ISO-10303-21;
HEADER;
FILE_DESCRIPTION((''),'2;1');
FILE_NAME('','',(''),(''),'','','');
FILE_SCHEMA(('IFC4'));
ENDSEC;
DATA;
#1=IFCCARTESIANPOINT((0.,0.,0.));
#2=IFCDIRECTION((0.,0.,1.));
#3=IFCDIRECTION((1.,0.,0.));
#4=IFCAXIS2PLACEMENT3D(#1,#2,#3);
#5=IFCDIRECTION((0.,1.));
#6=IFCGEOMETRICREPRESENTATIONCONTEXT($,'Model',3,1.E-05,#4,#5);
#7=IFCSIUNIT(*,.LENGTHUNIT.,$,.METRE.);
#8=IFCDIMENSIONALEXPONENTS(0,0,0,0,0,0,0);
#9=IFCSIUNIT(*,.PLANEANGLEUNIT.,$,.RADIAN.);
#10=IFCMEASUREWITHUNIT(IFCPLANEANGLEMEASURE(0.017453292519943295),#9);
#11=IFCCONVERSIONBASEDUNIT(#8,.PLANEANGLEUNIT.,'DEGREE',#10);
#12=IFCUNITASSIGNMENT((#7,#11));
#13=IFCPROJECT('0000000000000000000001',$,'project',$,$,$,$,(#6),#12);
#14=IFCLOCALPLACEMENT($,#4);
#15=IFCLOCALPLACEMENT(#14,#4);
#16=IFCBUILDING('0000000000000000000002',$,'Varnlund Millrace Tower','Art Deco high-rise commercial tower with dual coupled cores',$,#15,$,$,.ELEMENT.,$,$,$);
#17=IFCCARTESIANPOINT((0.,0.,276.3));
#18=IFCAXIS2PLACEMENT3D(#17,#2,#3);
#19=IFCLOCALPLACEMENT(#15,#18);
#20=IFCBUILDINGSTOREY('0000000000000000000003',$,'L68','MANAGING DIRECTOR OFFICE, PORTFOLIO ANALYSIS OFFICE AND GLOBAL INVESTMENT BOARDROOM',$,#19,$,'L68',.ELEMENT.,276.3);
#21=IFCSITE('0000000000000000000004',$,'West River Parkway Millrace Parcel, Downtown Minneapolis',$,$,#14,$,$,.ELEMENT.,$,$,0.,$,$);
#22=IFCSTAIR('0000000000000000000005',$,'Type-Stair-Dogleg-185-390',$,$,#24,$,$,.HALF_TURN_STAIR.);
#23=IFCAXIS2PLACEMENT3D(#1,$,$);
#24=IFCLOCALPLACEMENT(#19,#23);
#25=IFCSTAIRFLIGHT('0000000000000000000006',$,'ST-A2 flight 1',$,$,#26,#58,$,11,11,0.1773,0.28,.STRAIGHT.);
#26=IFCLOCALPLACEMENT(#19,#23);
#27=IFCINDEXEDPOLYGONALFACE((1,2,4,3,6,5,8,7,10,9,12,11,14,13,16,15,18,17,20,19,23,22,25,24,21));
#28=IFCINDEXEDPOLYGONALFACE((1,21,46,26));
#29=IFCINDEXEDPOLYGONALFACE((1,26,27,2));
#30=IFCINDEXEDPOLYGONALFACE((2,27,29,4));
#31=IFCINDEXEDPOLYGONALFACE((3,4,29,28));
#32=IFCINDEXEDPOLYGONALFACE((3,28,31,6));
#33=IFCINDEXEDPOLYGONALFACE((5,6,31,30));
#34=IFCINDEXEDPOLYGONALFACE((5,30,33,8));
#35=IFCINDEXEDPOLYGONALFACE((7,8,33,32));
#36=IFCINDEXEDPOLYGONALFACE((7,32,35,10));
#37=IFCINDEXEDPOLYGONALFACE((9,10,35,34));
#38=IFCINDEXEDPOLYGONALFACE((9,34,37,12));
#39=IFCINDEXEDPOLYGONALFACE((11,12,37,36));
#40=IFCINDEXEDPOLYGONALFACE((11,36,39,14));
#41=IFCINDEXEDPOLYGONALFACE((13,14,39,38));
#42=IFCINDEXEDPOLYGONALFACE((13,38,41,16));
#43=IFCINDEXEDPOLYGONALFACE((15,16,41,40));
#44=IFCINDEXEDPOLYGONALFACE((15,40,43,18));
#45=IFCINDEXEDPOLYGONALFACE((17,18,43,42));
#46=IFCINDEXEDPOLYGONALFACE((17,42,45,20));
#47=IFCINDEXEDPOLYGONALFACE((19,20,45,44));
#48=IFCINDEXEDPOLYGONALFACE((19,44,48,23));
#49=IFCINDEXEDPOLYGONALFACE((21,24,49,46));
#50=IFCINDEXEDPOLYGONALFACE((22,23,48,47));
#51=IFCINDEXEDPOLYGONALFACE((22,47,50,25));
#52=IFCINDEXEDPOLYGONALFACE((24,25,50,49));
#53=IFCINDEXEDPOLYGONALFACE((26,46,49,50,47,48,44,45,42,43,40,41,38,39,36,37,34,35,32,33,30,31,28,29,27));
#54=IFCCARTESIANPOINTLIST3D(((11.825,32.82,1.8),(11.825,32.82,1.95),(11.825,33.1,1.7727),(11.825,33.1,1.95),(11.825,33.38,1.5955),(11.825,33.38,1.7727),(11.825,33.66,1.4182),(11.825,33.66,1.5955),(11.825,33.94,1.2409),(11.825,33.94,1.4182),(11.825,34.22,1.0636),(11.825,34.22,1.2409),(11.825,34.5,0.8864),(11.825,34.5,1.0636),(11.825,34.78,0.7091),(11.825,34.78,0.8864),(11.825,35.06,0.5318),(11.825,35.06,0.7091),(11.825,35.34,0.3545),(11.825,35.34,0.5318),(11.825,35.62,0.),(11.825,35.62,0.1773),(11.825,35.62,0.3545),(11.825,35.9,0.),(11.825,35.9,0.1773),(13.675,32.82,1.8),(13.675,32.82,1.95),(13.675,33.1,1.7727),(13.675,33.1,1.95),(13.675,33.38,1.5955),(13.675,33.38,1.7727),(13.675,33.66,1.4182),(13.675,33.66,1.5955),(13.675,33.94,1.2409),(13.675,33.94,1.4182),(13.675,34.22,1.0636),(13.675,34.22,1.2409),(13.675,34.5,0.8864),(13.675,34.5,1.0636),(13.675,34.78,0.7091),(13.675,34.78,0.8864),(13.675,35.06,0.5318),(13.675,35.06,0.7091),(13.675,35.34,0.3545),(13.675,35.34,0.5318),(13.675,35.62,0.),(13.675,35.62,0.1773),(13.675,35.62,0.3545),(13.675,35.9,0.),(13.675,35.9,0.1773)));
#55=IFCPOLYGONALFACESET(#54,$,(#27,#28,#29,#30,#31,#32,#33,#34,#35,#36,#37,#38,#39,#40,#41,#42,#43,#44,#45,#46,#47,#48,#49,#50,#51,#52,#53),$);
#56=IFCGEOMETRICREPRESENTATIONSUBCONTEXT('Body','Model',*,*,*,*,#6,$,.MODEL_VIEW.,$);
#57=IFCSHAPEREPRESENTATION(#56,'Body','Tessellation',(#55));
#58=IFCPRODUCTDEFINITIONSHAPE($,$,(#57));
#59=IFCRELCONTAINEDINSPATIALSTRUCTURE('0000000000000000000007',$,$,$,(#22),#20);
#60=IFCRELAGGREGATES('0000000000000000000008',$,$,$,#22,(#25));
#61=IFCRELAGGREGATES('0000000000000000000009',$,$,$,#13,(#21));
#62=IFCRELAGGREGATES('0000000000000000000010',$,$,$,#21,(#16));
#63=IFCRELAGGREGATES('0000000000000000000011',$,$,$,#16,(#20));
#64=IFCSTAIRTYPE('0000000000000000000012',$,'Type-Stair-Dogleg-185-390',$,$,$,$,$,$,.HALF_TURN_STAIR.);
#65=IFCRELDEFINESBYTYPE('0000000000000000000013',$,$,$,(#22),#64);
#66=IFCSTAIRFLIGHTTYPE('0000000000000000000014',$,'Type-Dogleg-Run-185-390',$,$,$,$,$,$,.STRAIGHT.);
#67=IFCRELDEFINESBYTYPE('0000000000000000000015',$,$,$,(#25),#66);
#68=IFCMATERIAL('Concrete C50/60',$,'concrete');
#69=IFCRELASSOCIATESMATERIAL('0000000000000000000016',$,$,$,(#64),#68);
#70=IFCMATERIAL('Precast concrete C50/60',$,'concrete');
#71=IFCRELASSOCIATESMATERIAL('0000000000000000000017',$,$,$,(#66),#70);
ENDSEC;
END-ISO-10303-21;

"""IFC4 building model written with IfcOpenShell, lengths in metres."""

from ifc_helpers import new_model, entity, si_unit, converted_unit, direction, frame, origin_with_axes, place, context, subcontext, project, spatial, polyline, outline, extrude, material, type_object, element, aggregate, save


model = new_model("IFC4")

# Units and contexts
model_context = context("Model", 3, precision=1e-05, world=origin_with_axes(), true_north=direction((0.0, 1.0)))
body_context = subcontext(model_context, "Body", "Model", "MODEL_VIEW")
ifc_project = project(units=[si_unit("LENGTHUNIT", "METRE"), converted_unit("PLANEANGLEUNIT", "DEGREE", entity("IfcPlaneAngleMeasure", 0.017453292519943295), si_unit("PLANEANGLEUNIT", "RADIAN"), dimensions=[0, 0, 0, 0, 0, 0, 0])], contexts=[model_context])

# Site, building, storey
site_placement = place(None, origin_with_axes())
site = spatial("IfcSite", under=ifc_project, at=site_placement, Name="West River Parkway Millrace Parcel, Downtown Minneapolis", CompositionType="ELEMENT", RefElevation=0.0)
building_placement = place(site_placement, origin_with_axes())
building = spatial("IfcBuilding", under=site, at=building_placement, Name="Varnlund Millrace Tower", Description="Art Deco high-rise commercial tower with dual coupled cores", CompositionType="ELEMENT")
storey_placement = place(building_placement, frame((0.0, 0.0, 276.3), z_axis=(0.0, 0.0, 1.0), x_axis=(1.0, 0.0, 0.0)))
storey = spatial("IfcBuildingStorey", under=building, at=storey_placement, Name="L68", Description="MANAGING DIRECTOR OFFICE, PORTFOLIO ANALYSIS OFFICE AND GLOBAL INVESTMENT BOARDROOM", LongName="L68", CompositionType="ELEMENT", Elevation=276.3)

# Stair, stair flight
ifc_material_1 = material(Name="Concrete C50/60", Category="concrete")
ifc_material_2 = material(Name="Precast concrete C50/60", Category="concrete")
stair_type_1 = type_object("IfcStairType", Name="Type-Stair-Dogleg-185-390", PredefinedType="HALF_TURN_STAIR", material=ifc_material_1)
stair_1_placement = place(storey_placement, origin_with_axes())
stair_1 = element("IfcStair", 1, at=stair_1_placement, inside=storey, type_object=stair_type_1, Name="Type-Stair-Dogleg-185-390", PredefinedType="HALF_TURN_STAIR")
stair_flight_type_1 = type_object("IfcStairFlightType", Name="Type-Dogleg-Run-185-390", PredefinedType="STRAIGHT", material=ifc_material_2)
stair_flight_1_placement = place(storey_placement, frame((13.675, 35.9, 0.0), z_axis=(-1.0, 0.0, 0.0), x_axis=(0.0, -1.0, 0.0)))
stair_flight_1 = element("IfcStairFlight", 2, at=stair_flight_1_placement, type_object=stair_flight_type_1, Name="ST-A2 flight 1", NumberOfRisers=11, NumberOfTreads=11, PredefinedType="STRAIGHT", RiserHeight=0.1773, TreadLength=0.28, context=body_context, shape_type="SweptSolid", body=[
    extrude(outline(polyline([(0.0, 0.0), (0.0, 0.1773), (0.28, 0.1773), (0.28, 0.3545), (0.56, 0.3545), (0.56, 0.5318), (0.84, 0.5318), (0.84, 0.7091), (1.12, 0.7091), (1.12, 0.8864), (1.4, 0.8864), (1.4, 1.0636), (1.68, 1.0636), (1.68, 1.2409), (1.96, 1.2409), (1.96, 1.4182), (2.24, 1.4182), (2.24, 1.5955), (2.52, 1.5955), (2.52, 1.7727), (2.8, 1.7727), (2.8, 1.95), (3.08, 1.95), (3.08, 1.8), (0.28, 0.0), (0.0, 0.0)])), origin_with_axes(), (0.0, 0.0, 1.0), 1.85),
])
aggregate(stair_1, [stair_flight_1])

save(model, "model.ifc")
